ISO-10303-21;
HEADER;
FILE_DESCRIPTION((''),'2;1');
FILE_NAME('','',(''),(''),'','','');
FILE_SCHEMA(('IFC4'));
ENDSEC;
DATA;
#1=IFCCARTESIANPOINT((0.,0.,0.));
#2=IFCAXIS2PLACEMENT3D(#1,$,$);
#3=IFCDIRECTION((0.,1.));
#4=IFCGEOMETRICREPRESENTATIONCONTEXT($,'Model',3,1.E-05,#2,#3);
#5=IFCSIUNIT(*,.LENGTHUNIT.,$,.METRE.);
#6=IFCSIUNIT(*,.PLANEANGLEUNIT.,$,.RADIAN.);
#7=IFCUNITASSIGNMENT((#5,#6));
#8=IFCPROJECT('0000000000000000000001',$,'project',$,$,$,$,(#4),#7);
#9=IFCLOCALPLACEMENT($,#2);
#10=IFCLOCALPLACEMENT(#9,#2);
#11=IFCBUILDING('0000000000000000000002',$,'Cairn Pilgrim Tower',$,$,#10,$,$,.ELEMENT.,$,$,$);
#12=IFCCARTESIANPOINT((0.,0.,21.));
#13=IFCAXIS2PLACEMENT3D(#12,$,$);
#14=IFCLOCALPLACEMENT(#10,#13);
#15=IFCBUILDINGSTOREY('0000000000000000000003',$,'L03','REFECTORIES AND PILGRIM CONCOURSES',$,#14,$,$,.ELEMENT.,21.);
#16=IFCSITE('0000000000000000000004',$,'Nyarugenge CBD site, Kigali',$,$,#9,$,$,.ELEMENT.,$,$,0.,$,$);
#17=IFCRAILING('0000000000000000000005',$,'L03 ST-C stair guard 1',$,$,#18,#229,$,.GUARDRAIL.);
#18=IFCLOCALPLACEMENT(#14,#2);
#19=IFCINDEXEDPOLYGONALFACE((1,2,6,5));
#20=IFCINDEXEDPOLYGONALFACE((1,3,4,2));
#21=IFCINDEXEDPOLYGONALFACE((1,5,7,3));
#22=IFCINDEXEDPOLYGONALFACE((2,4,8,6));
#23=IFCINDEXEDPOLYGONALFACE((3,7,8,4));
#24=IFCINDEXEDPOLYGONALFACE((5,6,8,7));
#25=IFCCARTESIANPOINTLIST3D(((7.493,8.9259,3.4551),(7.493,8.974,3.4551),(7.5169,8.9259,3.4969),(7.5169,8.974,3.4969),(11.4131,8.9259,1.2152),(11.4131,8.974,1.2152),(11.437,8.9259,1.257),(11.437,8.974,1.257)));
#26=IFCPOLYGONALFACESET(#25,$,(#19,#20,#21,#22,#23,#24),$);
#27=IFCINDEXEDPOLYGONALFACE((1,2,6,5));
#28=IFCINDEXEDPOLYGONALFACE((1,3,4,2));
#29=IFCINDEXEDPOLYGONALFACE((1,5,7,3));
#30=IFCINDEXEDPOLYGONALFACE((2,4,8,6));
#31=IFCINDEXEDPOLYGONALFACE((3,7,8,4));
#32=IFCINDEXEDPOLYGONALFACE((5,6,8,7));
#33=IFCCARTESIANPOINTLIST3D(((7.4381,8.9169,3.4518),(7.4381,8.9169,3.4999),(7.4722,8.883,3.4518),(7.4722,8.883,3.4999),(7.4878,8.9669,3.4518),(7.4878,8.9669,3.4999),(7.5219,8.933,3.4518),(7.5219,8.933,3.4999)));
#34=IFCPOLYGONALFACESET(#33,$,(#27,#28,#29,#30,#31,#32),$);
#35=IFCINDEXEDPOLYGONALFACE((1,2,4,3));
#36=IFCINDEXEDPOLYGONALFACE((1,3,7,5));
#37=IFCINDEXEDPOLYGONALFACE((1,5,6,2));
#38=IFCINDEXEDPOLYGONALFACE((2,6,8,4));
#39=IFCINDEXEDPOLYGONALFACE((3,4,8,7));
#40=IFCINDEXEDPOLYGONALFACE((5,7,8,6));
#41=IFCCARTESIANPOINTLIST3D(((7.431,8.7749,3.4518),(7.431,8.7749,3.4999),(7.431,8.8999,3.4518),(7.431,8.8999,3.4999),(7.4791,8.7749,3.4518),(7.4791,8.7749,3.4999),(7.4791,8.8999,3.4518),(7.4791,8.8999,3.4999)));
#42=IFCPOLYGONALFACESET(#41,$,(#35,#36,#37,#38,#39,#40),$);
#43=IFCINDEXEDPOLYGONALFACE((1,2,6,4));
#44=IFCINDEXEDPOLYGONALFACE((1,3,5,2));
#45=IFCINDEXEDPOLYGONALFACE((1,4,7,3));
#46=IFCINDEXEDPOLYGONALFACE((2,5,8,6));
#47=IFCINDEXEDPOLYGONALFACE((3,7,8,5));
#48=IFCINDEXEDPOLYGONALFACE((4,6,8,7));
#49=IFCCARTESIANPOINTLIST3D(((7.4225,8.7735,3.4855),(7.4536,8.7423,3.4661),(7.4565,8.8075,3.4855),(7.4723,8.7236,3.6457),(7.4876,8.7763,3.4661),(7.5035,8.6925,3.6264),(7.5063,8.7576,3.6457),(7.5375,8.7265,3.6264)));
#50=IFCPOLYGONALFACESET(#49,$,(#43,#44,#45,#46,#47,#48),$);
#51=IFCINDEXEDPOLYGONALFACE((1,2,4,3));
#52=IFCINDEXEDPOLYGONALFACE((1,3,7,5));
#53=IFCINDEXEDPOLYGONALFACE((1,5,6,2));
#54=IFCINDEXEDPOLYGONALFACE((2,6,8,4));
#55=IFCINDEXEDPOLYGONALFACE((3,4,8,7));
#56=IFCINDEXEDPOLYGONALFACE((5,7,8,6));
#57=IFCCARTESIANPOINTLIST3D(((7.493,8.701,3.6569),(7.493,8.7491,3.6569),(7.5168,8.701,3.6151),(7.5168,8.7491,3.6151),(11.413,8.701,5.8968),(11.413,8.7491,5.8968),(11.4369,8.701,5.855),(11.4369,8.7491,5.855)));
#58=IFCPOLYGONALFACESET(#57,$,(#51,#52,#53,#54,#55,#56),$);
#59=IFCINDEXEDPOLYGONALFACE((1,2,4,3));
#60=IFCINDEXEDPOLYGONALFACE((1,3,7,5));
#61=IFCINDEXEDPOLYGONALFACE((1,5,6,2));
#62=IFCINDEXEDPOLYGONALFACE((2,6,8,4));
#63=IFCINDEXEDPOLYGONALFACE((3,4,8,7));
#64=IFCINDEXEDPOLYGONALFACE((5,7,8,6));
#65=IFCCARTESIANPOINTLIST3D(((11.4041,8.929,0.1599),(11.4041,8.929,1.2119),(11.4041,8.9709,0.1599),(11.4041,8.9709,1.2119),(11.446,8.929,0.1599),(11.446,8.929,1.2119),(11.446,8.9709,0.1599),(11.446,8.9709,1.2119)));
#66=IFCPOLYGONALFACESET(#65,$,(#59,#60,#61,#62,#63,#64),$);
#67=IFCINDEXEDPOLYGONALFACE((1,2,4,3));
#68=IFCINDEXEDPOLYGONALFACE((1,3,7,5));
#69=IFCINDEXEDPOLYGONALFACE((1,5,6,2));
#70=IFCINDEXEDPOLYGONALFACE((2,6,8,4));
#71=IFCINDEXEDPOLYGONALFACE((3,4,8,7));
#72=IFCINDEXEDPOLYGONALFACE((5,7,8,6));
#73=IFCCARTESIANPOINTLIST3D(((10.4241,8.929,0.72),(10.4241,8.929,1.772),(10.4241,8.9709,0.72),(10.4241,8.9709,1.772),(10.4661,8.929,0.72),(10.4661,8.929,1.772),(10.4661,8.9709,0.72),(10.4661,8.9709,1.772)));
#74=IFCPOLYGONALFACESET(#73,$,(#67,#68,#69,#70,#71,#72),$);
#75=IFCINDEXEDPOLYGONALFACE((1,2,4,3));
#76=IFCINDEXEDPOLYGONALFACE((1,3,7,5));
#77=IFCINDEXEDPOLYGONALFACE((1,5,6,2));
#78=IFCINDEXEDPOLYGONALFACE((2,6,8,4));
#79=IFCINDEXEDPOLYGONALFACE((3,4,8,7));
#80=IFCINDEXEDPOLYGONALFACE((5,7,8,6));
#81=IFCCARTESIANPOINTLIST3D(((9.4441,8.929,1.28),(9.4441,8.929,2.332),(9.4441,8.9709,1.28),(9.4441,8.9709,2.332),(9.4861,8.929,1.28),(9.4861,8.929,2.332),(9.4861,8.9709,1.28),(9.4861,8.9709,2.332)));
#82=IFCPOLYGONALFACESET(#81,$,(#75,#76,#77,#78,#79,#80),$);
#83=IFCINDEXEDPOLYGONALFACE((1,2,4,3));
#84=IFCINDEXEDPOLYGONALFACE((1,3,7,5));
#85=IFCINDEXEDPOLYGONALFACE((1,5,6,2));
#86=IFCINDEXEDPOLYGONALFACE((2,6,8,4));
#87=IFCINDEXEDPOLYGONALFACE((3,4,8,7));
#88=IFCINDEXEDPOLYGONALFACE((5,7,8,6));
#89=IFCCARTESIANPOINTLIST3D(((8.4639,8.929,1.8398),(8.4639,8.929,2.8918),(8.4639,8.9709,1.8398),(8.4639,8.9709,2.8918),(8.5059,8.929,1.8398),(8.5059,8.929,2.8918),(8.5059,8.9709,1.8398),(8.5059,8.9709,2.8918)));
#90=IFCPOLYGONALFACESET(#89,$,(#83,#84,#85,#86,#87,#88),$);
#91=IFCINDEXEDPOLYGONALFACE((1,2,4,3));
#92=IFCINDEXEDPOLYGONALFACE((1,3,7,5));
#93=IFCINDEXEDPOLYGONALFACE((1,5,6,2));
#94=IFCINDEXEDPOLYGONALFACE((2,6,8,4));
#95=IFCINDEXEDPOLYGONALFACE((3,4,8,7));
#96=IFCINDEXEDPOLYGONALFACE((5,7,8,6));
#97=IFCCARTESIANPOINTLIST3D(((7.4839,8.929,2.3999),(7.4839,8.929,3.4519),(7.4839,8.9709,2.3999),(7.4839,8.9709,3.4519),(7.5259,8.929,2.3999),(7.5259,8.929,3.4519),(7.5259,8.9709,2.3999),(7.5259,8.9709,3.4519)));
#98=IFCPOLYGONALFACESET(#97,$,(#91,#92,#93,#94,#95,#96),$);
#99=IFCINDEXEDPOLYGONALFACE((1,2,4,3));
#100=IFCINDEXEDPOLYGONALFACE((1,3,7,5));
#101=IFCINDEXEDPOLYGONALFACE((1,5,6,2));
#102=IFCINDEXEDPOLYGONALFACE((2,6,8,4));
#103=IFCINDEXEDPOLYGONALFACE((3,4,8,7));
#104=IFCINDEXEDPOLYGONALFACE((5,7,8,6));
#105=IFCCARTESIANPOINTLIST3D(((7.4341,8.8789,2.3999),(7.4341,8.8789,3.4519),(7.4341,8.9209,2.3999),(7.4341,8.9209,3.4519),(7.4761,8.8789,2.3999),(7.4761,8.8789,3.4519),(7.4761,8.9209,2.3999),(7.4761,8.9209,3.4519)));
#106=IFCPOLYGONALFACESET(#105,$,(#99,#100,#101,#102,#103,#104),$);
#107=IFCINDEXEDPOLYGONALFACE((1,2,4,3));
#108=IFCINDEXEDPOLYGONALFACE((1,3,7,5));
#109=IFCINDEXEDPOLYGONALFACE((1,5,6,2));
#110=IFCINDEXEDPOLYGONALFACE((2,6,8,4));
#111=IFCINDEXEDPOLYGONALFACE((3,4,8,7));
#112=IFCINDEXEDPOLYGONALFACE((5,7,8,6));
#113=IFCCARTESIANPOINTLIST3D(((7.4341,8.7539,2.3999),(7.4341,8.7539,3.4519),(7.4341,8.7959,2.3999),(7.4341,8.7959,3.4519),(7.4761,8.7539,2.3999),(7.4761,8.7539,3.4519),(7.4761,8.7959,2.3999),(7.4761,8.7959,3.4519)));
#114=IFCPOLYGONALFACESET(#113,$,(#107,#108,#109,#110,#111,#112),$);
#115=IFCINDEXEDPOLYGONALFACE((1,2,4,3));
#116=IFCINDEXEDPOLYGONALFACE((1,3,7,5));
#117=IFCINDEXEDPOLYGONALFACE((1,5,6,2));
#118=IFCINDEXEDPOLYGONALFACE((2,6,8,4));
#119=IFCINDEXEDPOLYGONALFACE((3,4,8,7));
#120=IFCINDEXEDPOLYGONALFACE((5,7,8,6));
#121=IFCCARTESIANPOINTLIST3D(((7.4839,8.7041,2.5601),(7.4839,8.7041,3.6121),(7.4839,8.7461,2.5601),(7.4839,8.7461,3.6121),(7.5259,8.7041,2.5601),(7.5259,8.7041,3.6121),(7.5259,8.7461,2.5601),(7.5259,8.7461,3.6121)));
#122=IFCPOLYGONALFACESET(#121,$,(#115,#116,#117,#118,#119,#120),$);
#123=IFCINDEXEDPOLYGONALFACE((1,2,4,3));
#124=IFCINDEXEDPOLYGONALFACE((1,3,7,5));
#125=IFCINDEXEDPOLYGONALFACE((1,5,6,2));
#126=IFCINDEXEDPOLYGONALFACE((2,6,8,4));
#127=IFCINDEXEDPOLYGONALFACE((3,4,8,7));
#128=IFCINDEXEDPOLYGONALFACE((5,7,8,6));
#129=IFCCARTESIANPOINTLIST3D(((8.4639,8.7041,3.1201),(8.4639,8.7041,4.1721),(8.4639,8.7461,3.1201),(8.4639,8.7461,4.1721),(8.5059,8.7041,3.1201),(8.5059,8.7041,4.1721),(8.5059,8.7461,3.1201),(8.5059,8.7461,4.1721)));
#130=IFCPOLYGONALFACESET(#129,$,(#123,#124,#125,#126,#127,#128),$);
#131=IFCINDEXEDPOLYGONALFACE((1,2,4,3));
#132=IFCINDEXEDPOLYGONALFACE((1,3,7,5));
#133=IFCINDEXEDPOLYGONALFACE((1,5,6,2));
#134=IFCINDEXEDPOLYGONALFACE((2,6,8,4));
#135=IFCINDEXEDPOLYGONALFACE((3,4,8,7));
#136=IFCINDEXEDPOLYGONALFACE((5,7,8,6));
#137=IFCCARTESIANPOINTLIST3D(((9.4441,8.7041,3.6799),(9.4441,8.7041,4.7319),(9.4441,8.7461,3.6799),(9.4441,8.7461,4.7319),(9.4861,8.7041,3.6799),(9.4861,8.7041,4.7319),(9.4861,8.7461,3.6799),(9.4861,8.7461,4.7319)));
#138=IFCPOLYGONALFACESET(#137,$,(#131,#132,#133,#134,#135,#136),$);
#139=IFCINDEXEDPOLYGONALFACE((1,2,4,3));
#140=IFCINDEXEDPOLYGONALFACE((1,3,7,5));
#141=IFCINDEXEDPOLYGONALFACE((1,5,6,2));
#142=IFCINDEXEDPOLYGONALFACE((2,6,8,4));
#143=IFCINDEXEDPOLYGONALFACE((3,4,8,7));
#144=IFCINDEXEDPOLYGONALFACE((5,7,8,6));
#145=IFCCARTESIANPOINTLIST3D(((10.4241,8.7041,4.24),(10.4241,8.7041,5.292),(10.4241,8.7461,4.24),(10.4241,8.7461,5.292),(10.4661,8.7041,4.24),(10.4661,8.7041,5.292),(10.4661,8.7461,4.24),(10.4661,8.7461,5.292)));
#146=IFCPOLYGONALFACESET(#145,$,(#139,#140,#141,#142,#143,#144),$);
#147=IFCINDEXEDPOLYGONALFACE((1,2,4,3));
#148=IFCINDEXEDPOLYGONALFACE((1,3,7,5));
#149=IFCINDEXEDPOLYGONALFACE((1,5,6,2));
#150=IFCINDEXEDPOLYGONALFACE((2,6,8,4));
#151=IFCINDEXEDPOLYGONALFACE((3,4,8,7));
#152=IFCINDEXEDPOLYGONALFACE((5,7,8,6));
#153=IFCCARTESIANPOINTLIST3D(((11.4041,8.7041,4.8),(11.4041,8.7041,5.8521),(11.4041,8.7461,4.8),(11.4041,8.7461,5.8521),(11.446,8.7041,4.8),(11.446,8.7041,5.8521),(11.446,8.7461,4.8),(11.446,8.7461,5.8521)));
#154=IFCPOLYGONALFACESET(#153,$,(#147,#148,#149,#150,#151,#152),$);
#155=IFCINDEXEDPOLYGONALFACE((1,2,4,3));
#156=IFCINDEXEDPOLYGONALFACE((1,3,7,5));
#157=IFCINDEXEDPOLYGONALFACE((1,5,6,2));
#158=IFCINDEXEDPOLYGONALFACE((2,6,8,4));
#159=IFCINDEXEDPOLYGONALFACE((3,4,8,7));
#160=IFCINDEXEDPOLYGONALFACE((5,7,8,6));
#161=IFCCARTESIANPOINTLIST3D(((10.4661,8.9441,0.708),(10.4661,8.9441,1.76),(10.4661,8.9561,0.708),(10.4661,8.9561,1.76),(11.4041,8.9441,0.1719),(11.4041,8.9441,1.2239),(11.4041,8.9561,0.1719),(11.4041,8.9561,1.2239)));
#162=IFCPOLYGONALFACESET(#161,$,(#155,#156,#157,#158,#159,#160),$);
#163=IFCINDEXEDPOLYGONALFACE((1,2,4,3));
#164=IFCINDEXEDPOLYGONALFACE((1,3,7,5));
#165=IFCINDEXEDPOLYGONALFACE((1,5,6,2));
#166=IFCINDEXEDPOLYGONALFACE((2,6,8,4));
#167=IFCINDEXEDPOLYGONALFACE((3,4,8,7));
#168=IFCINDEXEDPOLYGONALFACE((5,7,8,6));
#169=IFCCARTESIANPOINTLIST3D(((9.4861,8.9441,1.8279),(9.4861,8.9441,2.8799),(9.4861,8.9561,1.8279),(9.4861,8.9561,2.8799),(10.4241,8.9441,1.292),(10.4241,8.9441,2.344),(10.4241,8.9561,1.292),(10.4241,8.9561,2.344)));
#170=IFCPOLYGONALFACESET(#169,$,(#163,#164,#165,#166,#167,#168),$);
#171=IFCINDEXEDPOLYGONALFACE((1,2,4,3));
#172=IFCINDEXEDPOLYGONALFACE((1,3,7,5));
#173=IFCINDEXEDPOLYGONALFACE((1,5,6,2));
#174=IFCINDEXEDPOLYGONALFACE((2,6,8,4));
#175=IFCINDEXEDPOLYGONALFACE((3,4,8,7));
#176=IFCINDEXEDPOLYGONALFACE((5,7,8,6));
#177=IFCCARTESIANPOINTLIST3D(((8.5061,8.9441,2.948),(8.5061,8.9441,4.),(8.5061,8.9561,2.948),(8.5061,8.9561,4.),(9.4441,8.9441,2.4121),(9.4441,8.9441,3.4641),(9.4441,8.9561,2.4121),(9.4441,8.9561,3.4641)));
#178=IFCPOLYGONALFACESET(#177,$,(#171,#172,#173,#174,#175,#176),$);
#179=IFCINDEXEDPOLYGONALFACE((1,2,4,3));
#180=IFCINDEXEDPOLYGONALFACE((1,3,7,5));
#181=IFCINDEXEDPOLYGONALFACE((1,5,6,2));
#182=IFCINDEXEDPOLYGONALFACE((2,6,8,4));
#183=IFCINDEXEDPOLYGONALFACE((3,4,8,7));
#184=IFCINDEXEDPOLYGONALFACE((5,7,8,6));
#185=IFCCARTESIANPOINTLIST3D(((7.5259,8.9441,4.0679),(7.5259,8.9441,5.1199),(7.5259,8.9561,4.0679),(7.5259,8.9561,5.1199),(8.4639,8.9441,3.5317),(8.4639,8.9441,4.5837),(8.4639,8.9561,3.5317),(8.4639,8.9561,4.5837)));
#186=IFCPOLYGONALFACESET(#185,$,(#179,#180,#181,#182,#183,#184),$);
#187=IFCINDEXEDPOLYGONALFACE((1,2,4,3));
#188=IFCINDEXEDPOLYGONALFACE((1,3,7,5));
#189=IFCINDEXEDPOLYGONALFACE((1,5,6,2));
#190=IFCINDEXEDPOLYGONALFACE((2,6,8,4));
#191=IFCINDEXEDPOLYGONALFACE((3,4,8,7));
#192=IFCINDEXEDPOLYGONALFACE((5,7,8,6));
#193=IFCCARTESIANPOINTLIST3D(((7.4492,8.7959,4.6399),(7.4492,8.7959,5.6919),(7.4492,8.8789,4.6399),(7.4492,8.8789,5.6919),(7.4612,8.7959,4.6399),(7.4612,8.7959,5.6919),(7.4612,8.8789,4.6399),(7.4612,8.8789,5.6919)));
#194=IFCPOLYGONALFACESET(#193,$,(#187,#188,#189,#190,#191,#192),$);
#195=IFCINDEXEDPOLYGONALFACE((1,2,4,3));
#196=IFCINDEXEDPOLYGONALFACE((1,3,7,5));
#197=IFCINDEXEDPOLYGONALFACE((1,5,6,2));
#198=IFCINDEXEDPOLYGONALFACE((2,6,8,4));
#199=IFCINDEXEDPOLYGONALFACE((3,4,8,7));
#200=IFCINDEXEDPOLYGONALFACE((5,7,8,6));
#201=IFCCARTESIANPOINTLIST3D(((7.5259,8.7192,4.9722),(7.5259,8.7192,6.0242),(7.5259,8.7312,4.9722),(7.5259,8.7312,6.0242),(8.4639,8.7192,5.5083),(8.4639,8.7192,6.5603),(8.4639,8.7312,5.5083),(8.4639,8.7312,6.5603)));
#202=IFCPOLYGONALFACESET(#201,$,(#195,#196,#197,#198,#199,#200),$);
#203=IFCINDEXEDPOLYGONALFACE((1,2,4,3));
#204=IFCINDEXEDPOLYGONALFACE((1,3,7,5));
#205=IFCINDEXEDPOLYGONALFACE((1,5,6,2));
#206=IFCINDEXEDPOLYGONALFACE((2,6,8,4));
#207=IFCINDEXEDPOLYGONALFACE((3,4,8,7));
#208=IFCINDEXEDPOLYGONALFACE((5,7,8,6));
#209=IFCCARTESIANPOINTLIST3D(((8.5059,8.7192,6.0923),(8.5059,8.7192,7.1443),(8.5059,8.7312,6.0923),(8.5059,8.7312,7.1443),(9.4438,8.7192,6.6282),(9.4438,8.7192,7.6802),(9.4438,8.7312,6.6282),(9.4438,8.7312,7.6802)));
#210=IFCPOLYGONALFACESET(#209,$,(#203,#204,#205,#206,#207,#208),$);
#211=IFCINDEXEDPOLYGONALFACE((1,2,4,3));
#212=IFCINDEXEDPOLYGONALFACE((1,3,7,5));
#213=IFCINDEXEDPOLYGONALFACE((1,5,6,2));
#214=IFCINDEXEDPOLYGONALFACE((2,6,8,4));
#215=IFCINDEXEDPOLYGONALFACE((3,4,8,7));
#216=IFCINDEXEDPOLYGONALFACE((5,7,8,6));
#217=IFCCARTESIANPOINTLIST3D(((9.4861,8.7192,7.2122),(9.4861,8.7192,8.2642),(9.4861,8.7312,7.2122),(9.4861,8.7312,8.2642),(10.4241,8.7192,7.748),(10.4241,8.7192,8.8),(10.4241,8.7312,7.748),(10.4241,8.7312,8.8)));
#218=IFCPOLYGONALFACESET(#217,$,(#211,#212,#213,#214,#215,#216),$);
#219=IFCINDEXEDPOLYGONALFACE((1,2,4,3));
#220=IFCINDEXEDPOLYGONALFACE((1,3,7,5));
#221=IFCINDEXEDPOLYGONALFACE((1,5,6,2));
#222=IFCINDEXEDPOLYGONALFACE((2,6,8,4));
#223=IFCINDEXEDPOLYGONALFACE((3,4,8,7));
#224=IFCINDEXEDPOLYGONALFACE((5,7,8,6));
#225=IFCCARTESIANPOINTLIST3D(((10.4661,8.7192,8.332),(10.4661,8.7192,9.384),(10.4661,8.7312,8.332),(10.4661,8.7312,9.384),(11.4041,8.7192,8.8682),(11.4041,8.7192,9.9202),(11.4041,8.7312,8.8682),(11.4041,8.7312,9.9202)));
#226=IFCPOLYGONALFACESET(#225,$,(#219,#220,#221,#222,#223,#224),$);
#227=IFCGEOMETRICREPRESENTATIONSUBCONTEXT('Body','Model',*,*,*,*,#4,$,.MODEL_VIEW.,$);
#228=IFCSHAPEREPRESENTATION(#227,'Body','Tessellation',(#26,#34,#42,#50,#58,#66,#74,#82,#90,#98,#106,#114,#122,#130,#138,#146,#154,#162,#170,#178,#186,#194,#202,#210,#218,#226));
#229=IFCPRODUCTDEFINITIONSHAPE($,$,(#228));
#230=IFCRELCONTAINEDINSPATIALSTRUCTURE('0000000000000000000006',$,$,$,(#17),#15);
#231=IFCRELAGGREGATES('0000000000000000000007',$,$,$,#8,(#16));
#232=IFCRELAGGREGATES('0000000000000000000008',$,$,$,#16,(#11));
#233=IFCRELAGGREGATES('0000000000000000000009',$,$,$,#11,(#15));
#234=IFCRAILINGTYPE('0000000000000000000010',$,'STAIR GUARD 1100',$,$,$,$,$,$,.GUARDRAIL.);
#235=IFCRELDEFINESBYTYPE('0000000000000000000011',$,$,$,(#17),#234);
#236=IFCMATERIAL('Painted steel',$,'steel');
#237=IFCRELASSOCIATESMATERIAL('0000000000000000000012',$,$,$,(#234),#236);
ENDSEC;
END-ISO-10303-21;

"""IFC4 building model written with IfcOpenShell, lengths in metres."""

from ifc_helpers import new_model, si_unit, direction, frame, origin, origin_2d, place, context, subcontext, project, spatial, polyline, rectangle, outline, extrude, material, type_object, element, save


model = new_model("IFC4")

# Units and contexts
model_context = context("Model", 3, precision=1e-05, world=origin(), true_north=direction((0.0, 1.0)))
body_context = subcontext(model_context, "Body", "Model", "MODEL_VIEW")
ifc_project = project(units=[si_unit("LENGTHUNIT", "METRE"), si_unit("PLANEANGLEUNIT", "RADIAN")], contexts=[model_context])

# Site, building, storey
site_placement = place(None, origin())
site = spatial("IfcSite", under=ifc_project, at=site_placement, Name="Nyarugenge CBD site, Kigali", CompositionType="ELEMENT", RefElevation=0.0)
building_placement = place(site_placement, origin())
building = spatial("IfcBuilding", under=site, at=building_placement, Name="Cairn Pilgrim Tower", CompositionType="ELEMENT")
storey_placement = place(building_placement, frame((0.0, 0.0, 21.0)))
storey = spatial("IfcBuildingStorey", under=building, at=storey_placement, Name="L03", Description="REFECTORIES AND PILGRIM CONCOURSES", CompositionType="ELEMENT", Elevation=21.0)

# Shared definitions
ifc_material_1 = material(Name="Painted steel", Category="steel")

# Railing
railing_type_1 = type_object("IfcRailingType", Name="STAIR GUARD 1100", PredefinedType="GUARDRAIL", material=ifc_material_1)
railing_1_placement = place(storey_placement, frame((11.425, 8.95, 0.1599)))
element("IfcRailing", 1, at=railing_1_placement, inside=storey, type_object=railing_type_1, Name="L03 ST-C stair guard 1", PredefinedType="GUARDRAIL", context=body_context, shape_type="SweptSolid", body=[
    extrude(rectangle(XDim=0.0481, YDim=0.0481, at=origin_2d()), frame((0.0, 0.0, 1.0762), z_axis=(-0.868253, 0.0, 0.496121), x_axis=(0.0, -1.0, 0.0)), (0.0, 0.0, 1.0), 4.5149),
    extrude(rectangle(XDim=0.0481, YDim=0.0481, at=origin_2d()), frame((-3.9202, 0.0, 3.3159), z_axis=(-0.705376, -0.708834, 0.0), x_axis=(0.708834, -0.705376, 0.0)), (0.0, 0.0, 1.0), 0.0706),
    extrude(rectangle(XDim=0.0481, YDim=0.0481, at=origin_2d()), frame((-3.97, -0.05, 3.3159), z_axis=(0.0, -1.0, 0.0), x_axis=(1.0, 0.0, 0.0)), (0.0, 0.0, 1.0), 0.125),
    extrude(rectangle(XDim=0.0481, YDim=0.0481, at=origin_2d()), frame((-3.97, -0.175, 3.3159), z_axis=(0.284663, -0.284663, 0.915387), x_axis=(0.707107, 0.707107, 0.0)), (0.0, 0.0, 1.0), 0.175),
    extrude(rectangle(XDim=0.0481, YDim=0.0481, at=origin_2d()), frame((-3.9202, -0.2249, 3.4761), z_axis=(0.868253, 0.0, 0.496121), x_axis=(0.0, 1.0, 0.0)), (0.0, 0.0, 1.0), 4.5149),
    extrude(rectangle(XDim=0.042, YDim=0.042, at=origin_2d()), origin(), (0.0, 0.0, 1.0), 1.052),
    extrude(rectangle(XDim=0.042, YDim=0.042, at=origin_2d()), frame((-0.98, 0.0, 0.5601)), (0.0, 0.0, 1.0), 1.052),
    extrude(rectangle(XDim=0.042, YDim=0.042, at=origin_2d()), frame((-1.96, 0.0, 1.1201)), (0.0, 0.0, 1.0), 1.052),
    extrude(rectangle(XDim=0.042, YDim=0.042, at=origin_2d()), frame((-2.9402, 0.0, 1.6799)), (0.0, 0.0, 1.0), 1.052),
    extrude(rectangle(XDim=0.042, YDim=0.042, at=origin_2d()), frame((-3.9202, 0.0, 2.24)), (0.0, 0.0, 1.0), 1.052),
    extrude(rectangle(XDim=0.042, YDim=0.042, at=origin_2d()), frame((-3.97, -0.05, 2.24)), (0.0, 0.0, 1.0), 1.052),
    extrude(rectangle(XDim=0.042, YDim=0.042, at=origin_2d()), frame((-3.97, -0.175, 2.24)), (0.0, 0.0, 1.0), 1.052),
    extrude(rectangle(XDim=0.042, YDim=0.042, at=origin_2d()), frame((-3.9202, -0.2249, 2.4001)), (0.0, 0.0, 1.0), 1.052),
    extrude(rectangle(XDim=0.042, YDim=0.042, at=origin_2d()), frame((-2.9402, -0.2249, 2.9602)), (0.0, 0.0, 1.0), 1.052),
    extrude(rectangle(XDim=0.042, YDim=0.042, at=origin_2d()), frame((-1.96, -0.2249, 3.52)), (0.0, 0.0, 1.0), 1.052),
    extrude(rectangle(XDim=0.042, YDim=0.042, at=origin_2d()), frame((-0.98, -0.2249, 4.0801)), (0.0, 0.0, 1.0), 1.052),
    extrude(rectangle(XDim=0.042, YDim=0.042, at=origin_2d()), frame((0.0, -0.2249, 4.6401)), (0.0, 0.0, 1.0), 1.052),
    extrude(outline(polyline([(0.021, 0.012), (0.959, 0.5481), (0.959, 1.6001), (0.021, 1.064), (0.021, 0.012)])), frame((0.0, -0.0059, 0.0), z_axis=(0.0, 1.0, 0.0), x_axis=(-1.0, 0.0, 0.0)), (0.0, 0.0, 1.0), 0.012),
    extrude(outline(polyline([(0.021, 0.572), (0.959, 1.1079), (0.959, 2.1599), (0.021, 1.624), (0.021, 0.572)])), frame((-0.98, -0.0059, 0.5601), z_axis=(0.0, 1.0, 0.0), x_axis=(-1.0, 0.0, 0.0)), (0.0, 0.0, 1.0), 0.012),
    extrude(outline(polyline([(0.021, 1.1321), (0.959, 1.668), (0.959, 2.72), (0.021, 2.1841), (0.021, 1.1321)])), frame((-1.96, -0.0059, 1.1201), z_axis=(0.0, 1.0, 0.0), x_axis=(-1.0, 0.0, 0.0)), (0.0, 0.0, 1.0), 0.012),
    extrude(outline(polyline([(0.021, 1.6919), (0.959, 2.228), (0.959, 3.28), (0.021, 2.7439), (0.021, 1.6919)])), frame((-2.9402, -0.0059, 1.6799), z_axis=(0.0, 1.0, 0.0), x_axis=(-1.0, 0.0, 0.0)), (0.0, 0.0, 1.0), 0.012),
    extrude(outline(polyline([(0.021, 2.24), (0.104, 2.24), (0.104, 3.292), (0.021, 3.292), (0.021, 2.24)])), frame((-3.9639, -0.05, 2.24), z_axis=(-1.0, 0.0, 0.0), x_axis=(0.0, -1.0, 0.0)), (0.0, 0.0, 1.0), 0.012),
    extrude(outline(polyline([(0.021, 2.4121), (0.959, 2.9482), (0.959, 4.0002), (0.021, 3.4641), (0.021, 2.4121)])), frame((-3.9202, -0.2188, 2.4001), z_axis=(0.0, -1.0, 0.0), x_axis=(1.0, 0.0, 0.0)), (0.0, 0.0, 1.0), 0.012),
    extrude(outline(polyline([(0.021, 2.9722), (0.959, 3.5081), (0.959, 4.5601), (0.021, 4.0242), (0.021, 2.9722)])), frame((-2.9402, -0.2188, 2.9602), z_axis=(0.0, -1.0, 0.0), x_axis=(1.0, 0.0, 0.0)), (0.0, 0.0, 1.0), 0.012),
    extrude(outline(polyline([(0.021, 3.5322), (0.959, 4.0681), (0.959, 5.1201), (0.021, 4.5842), (0.021, 3.5322)])), frame((-1.96, -0.2188, 3.52), z_axis=(0.0, -1.0, 0.0), x_axis=(1.0, 0.0, 0.0)), (0.0, 0.0, 1.0), 0.012),
    extrude(outline(polyline([(0.021, 4.092), (0.959, 4.6282), (0.959, 5.6802), (0.021, 5.144), (0.021, 4.092)])), frame((-0.98, -0.2188, 4.0801), z_axis=(0.0, -1.0, 0.0), x_axis=(1.0, 0.0, 0.0)), (0.0, 0.0, 1.0), 0.012),
])

save(model, "model.ifc")
